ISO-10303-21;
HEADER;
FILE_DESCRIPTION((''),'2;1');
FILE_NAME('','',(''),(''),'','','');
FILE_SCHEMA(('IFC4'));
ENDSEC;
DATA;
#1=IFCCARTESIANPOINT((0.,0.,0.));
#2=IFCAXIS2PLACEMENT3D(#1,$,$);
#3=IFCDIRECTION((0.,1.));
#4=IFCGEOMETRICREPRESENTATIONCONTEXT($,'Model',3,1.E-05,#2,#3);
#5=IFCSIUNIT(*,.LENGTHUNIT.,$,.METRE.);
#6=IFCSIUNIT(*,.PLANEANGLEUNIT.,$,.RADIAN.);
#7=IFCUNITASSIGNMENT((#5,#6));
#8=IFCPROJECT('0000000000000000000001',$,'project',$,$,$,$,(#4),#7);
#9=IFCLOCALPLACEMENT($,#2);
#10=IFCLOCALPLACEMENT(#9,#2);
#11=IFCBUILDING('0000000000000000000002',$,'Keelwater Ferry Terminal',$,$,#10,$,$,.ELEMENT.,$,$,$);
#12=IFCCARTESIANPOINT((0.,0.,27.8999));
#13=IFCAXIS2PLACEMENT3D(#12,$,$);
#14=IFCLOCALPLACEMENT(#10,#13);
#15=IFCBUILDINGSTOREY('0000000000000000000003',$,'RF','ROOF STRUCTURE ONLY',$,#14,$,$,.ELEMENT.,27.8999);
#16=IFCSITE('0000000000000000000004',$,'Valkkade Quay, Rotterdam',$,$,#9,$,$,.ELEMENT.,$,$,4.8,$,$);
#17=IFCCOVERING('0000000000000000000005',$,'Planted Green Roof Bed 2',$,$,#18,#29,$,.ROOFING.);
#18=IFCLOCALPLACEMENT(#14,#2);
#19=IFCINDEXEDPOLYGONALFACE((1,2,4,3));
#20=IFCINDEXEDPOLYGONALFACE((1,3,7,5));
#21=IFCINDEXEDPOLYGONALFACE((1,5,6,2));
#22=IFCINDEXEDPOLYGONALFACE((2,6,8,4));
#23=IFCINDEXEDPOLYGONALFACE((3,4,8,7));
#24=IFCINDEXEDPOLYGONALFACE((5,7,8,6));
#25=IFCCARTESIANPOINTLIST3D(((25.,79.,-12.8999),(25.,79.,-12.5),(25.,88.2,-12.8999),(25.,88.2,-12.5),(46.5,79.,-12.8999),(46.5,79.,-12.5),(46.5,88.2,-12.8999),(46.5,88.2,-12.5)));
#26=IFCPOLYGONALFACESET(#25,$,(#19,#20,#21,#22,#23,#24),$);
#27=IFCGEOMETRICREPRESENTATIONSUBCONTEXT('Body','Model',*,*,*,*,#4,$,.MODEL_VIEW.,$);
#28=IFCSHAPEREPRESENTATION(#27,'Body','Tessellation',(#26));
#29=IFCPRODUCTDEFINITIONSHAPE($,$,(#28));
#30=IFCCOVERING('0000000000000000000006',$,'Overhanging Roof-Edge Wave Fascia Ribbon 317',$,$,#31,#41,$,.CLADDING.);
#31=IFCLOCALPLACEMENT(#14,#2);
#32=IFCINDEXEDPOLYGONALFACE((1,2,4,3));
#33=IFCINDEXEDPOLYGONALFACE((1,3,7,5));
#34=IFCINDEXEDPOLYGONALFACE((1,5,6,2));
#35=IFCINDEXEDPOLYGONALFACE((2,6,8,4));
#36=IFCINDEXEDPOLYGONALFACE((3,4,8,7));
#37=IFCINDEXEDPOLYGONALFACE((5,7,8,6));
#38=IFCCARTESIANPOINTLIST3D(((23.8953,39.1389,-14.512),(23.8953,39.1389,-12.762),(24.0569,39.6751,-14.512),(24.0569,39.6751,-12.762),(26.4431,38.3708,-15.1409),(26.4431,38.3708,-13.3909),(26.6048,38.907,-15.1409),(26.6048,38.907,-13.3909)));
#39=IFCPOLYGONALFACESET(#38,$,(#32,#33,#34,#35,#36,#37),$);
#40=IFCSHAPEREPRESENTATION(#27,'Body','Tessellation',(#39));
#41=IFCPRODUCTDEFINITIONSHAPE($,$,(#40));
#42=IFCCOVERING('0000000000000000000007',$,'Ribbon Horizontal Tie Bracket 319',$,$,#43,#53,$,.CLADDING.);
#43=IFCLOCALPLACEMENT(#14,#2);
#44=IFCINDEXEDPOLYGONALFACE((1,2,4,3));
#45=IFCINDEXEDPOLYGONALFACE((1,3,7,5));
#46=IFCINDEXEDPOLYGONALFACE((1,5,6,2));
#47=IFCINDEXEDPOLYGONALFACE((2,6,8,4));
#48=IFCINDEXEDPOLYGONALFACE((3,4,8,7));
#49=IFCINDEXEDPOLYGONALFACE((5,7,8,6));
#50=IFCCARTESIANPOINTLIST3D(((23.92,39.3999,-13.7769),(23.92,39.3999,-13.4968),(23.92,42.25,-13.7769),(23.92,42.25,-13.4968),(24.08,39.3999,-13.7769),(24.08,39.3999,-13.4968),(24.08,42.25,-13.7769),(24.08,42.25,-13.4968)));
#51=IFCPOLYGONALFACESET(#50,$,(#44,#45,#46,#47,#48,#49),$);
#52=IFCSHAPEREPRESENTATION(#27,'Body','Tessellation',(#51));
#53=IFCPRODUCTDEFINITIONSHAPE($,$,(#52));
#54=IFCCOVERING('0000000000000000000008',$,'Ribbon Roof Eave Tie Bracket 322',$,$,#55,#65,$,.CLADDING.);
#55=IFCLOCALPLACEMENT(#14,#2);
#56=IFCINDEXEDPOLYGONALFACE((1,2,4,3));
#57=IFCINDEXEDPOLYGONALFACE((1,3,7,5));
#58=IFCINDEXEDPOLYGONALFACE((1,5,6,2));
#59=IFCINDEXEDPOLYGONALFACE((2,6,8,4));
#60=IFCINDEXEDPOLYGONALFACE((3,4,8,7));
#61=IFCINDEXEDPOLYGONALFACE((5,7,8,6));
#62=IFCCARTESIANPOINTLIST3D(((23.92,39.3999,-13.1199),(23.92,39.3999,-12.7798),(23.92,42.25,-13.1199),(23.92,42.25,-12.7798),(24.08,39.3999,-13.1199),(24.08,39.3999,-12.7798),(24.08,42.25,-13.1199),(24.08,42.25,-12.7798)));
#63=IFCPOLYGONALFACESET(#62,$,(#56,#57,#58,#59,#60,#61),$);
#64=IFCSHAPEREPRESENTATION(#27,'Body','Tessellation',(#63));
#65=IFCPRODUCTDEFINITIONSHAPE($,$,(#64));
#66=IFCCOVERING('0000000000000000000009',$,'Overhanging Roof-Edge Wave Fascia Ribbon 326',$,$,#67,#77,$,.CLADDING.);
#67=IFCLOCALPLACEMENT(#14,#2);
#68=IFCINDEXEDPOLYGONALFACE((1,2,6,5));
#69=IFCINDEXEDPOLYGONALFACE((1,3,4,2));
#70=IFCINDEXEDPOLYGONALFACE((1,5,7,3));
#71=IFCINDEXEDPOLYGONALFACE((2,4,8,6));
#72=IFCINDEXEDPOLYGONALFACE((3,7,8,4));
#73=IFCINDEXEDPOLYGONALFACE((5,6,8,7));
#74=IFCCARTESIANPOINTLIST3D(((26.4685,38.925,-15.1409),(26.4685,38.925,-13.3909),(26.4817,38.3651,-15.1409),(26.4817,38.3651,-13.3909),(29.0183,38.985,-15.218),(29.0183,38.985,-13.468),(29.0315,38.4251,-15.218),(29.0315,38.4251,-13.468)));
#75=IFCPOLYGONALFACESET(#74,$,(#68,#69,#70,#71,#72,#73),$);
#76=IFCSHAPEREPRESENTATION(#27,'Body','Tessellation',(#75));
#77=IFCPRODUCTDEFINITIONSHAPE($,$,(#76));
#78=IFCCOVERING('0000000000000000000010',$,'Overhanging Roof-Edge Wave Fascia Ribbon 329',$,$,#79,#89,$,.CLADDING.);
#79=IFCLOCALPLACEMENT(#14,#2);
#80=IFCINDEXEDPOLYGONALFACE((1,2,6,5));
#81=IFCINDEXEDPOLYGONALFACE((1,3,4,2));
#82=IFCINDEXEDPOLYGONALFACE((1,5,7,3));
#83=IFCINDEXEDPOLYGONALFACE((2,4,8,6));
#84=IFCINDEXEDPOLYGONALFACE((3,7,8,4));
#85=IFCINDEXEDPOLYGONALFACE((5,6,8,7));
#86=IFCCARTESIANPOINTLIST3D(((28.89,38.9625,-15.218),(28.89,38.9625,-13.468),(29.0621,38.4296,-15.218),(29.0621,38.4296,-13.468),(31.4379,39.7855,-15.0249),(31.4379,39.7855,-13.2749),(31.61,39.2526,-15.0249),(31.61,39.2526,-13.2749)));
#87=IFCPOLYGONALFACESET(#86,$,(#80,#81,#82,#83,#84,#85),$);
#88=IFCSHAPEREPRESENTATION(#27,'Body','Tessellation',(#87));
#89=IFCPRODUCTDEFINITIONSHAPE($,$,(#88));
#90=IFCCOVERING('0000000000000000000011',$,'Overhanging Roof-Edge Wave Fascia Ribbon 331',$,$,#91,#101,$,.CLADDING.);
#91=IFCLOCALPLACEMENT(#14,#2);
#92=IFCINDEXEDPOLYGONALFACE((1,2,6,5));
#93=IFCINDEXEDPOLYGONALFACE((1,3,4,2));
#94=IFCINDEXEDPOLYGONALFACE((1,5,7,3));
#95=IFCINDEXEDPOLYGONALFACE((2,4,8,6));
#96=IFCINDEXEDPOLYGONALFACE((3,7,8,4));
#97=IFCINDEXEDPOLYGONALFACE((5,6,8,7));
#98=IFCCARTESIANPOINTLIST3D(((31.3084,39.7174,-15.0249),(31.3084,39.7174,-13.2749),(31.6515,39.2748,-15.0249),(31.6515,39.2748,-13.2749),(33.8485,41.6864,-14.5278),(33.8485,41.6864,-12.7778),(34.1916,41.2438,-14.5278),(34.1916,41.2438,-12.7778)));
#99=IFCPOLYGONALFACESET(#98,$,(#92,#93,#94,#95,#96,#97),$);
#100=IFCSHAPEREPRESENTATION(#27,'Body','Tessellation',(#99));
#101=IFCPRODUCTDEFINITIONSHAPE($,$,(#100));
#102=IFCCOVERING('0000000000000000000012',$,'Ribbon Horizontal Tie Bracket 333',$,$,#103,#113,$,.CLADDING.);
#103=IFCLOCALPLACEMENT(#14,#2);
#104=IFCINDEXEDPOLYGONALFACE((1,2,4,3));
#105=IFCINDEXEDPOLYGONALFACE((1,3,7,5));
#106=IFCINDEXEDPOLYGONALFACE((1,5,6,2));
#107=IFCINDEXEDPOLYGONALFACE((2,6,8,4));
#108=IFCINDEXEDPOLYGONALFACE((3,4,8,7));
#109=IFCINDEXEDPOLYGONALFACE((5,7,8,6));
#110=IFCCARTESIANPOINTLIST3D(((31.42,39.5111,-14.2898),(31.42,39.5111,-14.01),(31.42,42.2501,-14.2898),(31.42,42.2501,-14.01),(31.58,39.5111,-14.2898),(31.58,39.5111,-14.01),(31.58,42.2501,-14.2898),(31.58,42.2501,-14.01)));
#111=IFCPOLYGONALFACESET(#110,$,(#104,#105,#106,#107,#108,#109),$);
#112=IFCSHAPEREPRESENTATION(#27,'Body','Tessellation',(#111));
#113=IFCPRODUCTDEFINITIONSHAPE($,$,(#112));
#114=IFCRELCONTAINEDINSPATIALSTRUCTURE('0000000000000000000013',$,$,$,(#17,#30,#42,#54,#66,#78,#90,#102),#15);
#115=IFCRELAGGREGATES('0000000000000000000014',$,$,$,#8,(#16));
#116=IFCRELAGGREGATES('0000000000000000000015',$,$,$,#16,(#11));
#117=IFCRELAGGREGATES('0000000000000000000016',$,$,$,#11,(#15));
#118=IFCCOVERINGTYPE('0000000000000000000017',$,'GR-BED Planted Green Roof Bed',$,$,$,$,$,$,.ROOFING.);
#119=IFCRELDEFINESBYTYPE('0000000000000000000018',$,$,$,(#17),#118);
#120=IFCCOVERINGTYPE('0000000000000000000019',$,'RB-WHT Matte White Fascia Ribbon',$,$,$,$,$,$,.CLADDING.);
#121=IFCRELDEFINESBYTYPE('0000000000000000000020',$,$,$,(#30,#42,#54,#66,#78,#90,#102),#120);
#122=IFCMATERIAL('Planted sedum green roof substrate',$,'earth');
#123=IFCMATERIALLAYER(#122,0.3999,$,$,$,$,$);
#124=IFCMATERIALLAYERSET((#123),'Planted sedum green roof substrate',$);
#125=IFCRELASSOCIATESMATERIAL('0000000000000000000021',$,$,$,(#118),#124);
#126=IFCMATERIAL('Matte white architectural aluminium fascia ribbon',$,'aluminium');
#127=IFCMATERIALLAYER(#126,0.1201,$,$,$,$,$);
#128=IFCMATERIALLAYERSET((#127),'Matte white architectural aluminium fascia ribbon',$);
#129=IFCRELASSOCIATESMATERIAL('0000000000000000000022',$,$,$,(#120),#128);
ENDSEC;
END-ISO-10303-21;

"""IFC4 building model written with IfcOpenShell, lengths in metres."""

from ifc_helpers import new_model, si_unit, direction, frame, frame_2d, origin, place, context, subcontext, project, spatial, polyline, rectangle, outline, extrude, material, layer, layer_set, type_object, element, save


model = new_model("IFC4")

# Units and contexts
model_context = context("Model", 3, precision=1e-05, world=origin(), true_north=direction((0.0, 1.0)))
body_context = subcontext(model_context, "Body", "Model", "MODEL_VIEW")
ifc_project = project(units=[si_unit("LENGTHUNIT", "METRE"), si_unit("PLANEANGLEUNIT", "RADIAN")], contexts=[model_context])

# Site, building, storey
site_placement = place(None, origin())
site = spatial("IfcSite", under=ifc_project, at=site_placement, Name="Valkkade Quay, Rotterdam", CompositionType="ELEMENT", RefElevation=4.8)
building_placement = place(site_placement, origin())
building = spatial("IfcBuilding", under=site, at=building_placement, Name="Keelwater Ferry Terminal", CompositionType="ELEMENT")
storey_placement = place(building_placement, frame((0.0, 0.0, 27.8999)))
storey = spatial("IfcBuildingStorey", under=building, at=storey_placement, Name="RF", Description="ROOF STRUCTURE ONLY", CompositionType="ELEMENT", Elevation=27.8999)

# Coverings
ifc_material_1 = material(Name="Planted sedum green roof substrate", Category="earth")
ifc_layer_1 = layer(ifc_material_1, 0.3999)
ifc_layer_set_1 = layer_set([ifc_layer_1], Name="Planted sedum green roof substrate")
covering_type_1 = type_object("IfcCoveringType", Name="GR-BED Planted Green Roof Bed", PredefinedType="ROOFING", material=ifc_layer_set_1)
covering_1_placement = place(storey_placement, frame((0.0, 0.0, -12.8999)))
element("IfcCovering", 1, at=covering_1_placement, inside=storey, type_object=covering_type_1, Name="Planted Green Roof Bed 2", PredefinedType="ROOFING", context=body_context, shape_type="SweptSolid", body=[
    extrude(outline(polyline([(25.0, 79.0), (46.5, 79.0), (46.5, 88.2), (25.0, 88.2), (25.0, 79.0)])), origin(), (0.0, 0.0, 1.0), 0.3999),
])
ifc_material_2 = material(Name="Matte white architectural aluminium fascia ribbon", Category="aluminium")
ifc_layer_2 = layer(ifc_material_2, 0.1201)
ifc_layer_set_2 = layer_set([ifc_layer_2], Name="Matte white architectural aluminium fascia ribbon")
covering_type_2 = type_object("IfcCoveringType", Name="RB-WHT Matte White Fascia Ribbon", PredefinedType="CLADDING", material=ifc_layer_set_2)
covering_2_placement = place(storey_placement, frame((23.9761, 39.407, -15.1409), z_axis=(0.0, 0.0, 1.0), x_axis=(0.957442, -0.288627, 0.0)))
element("IfcCovering", 2, at=covering_2_placement, inside=storey, type_object=covering_type_2, Name="Overhanging Roof-Edge Wave Fascia Ribbon 317", PredefinedType="CLADDING", context=body_context, shape_type="SweptSolid", body=[
    extrude(outline(polyline([(0.0, 0.6289), (2.6611, 0.0), (2.6611, 1.75), (0.0, 2.3789), (0.0, 0.6289)])), frame((0.0, 0.28, 0.0), z_axis=(0.0, -1.0, 0.0), x_axis=(1.0, 0.0, 0.0)), (0.0, 0.0, 1.0), 0.5601),
])
covering_3_placement = place(storey_placement, frame((24.0, 39.3999, -13.7769), z_axis=(0.0, 0.0, 1.0), x_axis=(0.0, 1.0, 0.0)))
element("IfcCovering", 3, at=covering_3_placement, inside=storey, type_object=covering_type_2, Name="Ribbon Horizontal Tie Bracket 319", PredefinedType="CLADDING", context=body_context, shape_type="SweptSolid", body=[
    extrude(rectangle(XDim=2.8501, YDim=0.1599, at=frame_2d((1.425, 0.0))), origin(), (0.0, 0.0, 1.0), 0.28),
])
covering_4_placement = place(storey_placement, frame((24.0, 39.3999, -13.1199), z_axis=(0.0, 0.0, 1.0), x_axis=(0.0, 1.0, 0.0)))
element("IfcCovering", 4, at=covering_4_placement, inside=storey, type_object=covering_type_2, Name="Ribbon Roof Eave Tie Bracket 322", PredefinedType="CLADDING", context=body_context, shape_type="SweptSolid", body=[
    extrude(rectangle(XDim=2.8501, YDim=0.1599, at=frame_2d((1.425, 0.0))), origin(), (0.0, 0.0, 1.0), 0.3401),
])
covering_5_placement = place(storey_placement, frame((26.4751, 38.645, -15.218), z_axis=(0.0, 0.0, 1.0), x_axis=(0.999723, 0.023548, 0.0)))
element("IfcCovering", 5, at=covering_5_placement, inside=storey, type_object=covering_type_2, Name="Overhanging Roof-Edge Wave Fascia Ribbon 326", PredefinedType="CLADDING", context=body_context, shape_type="SweptSolid", body=[
    extrude(outline(polyline([(0.0, 0.0771), (2.5505, 0.0), (2.5505, 1.75), (0.0, 1.8271), (0.0, 0.0771)])), frame((0.0, 0.28, 0.0), z_axis=(0.0, -1.0, 0.0), x_axis=(1.0, 0.0, 0.0)), (0.0, 0.0, 1.0), 0.5601),
])
covering_6_placement = place(storey_placement, frame((28.9761, 38.696, -15.218), z_axis=(0.0, 0.0, 1.0), x_axis=(0.951587, 0.307378, 0.0)))
element("IfcCovering", 6, at=covering_6_placement, inside=storey, type_object=covering_type_2, Name="Overhanging Roof-Edge Wave Fascia Ribbon 329", PredefinedType="CLADDING", context=body_context, shape_type="SweptSolid", body=[
    extrude(outline(polyline([(0.0, 0.0), (2.6775, 0.1931), (2.6775, 1.9431), (0.0, 1.75), (0.0, 0.0)])), frame((0.0, 0.28, 0.0), z_axis=(0.0, -1.0, 0.0), x_axis=(1.0, 0.0, 0.0)), (0.0, 0.0, 1.0), 0.5601),
])
covering_7_placement = place(storey_placement, frame((31.48, 39.4961, -15.0249), z_axis=(0.0, 0.0, 1.0), x_axis=(0.790345, 0.612662, 0.0)))
element("IfcCovering", 7, at=covering_7_placement, inside=storey, type_object=covering_type_2, Name="Overhanging Roof-Edge Wave Fascia Ribbon 331", PredefinedType="CLADDING", context=body_context, shape_type="SweptSolid", body=[
    extrude(outline(polyline([(0.0, 0.0), (3.2139, 0.4971), (3.2139, 2.2471), (0.0, 1.75), (0.0, 0.0)])), frame((0.0, 0.28, 0.0), z_axis=(0.0, -1.0, 0.0), x_axis=(1.0, 0.0, 0.0)), (0.0, 0.0, 1.0), 0.5601),
])
covering_8_placement = place(storey_placement, frame((31.5, 39.511, -14.2898), z_axis=(0.0, 0.0, 1.0), x_axis=(0.0, 1.0, 0.0)))
element("IfcCovering", 8, at=covering_8_placement, inside=storey, type_object=covering_type_2, Name="Ribbon Horizontal Tie Bracket 333", PredefinedType="CLADDING", context=body_context, shape_type="SweptSolid", body=[
    extrude(rectangle(XDim=2.739, YDim=0.1599, at=frame_2d((1.3696, 0.0))), origin(), (0.0, 0.0, 1.0), 0.2798),
])

save(model, "model.ifc")
